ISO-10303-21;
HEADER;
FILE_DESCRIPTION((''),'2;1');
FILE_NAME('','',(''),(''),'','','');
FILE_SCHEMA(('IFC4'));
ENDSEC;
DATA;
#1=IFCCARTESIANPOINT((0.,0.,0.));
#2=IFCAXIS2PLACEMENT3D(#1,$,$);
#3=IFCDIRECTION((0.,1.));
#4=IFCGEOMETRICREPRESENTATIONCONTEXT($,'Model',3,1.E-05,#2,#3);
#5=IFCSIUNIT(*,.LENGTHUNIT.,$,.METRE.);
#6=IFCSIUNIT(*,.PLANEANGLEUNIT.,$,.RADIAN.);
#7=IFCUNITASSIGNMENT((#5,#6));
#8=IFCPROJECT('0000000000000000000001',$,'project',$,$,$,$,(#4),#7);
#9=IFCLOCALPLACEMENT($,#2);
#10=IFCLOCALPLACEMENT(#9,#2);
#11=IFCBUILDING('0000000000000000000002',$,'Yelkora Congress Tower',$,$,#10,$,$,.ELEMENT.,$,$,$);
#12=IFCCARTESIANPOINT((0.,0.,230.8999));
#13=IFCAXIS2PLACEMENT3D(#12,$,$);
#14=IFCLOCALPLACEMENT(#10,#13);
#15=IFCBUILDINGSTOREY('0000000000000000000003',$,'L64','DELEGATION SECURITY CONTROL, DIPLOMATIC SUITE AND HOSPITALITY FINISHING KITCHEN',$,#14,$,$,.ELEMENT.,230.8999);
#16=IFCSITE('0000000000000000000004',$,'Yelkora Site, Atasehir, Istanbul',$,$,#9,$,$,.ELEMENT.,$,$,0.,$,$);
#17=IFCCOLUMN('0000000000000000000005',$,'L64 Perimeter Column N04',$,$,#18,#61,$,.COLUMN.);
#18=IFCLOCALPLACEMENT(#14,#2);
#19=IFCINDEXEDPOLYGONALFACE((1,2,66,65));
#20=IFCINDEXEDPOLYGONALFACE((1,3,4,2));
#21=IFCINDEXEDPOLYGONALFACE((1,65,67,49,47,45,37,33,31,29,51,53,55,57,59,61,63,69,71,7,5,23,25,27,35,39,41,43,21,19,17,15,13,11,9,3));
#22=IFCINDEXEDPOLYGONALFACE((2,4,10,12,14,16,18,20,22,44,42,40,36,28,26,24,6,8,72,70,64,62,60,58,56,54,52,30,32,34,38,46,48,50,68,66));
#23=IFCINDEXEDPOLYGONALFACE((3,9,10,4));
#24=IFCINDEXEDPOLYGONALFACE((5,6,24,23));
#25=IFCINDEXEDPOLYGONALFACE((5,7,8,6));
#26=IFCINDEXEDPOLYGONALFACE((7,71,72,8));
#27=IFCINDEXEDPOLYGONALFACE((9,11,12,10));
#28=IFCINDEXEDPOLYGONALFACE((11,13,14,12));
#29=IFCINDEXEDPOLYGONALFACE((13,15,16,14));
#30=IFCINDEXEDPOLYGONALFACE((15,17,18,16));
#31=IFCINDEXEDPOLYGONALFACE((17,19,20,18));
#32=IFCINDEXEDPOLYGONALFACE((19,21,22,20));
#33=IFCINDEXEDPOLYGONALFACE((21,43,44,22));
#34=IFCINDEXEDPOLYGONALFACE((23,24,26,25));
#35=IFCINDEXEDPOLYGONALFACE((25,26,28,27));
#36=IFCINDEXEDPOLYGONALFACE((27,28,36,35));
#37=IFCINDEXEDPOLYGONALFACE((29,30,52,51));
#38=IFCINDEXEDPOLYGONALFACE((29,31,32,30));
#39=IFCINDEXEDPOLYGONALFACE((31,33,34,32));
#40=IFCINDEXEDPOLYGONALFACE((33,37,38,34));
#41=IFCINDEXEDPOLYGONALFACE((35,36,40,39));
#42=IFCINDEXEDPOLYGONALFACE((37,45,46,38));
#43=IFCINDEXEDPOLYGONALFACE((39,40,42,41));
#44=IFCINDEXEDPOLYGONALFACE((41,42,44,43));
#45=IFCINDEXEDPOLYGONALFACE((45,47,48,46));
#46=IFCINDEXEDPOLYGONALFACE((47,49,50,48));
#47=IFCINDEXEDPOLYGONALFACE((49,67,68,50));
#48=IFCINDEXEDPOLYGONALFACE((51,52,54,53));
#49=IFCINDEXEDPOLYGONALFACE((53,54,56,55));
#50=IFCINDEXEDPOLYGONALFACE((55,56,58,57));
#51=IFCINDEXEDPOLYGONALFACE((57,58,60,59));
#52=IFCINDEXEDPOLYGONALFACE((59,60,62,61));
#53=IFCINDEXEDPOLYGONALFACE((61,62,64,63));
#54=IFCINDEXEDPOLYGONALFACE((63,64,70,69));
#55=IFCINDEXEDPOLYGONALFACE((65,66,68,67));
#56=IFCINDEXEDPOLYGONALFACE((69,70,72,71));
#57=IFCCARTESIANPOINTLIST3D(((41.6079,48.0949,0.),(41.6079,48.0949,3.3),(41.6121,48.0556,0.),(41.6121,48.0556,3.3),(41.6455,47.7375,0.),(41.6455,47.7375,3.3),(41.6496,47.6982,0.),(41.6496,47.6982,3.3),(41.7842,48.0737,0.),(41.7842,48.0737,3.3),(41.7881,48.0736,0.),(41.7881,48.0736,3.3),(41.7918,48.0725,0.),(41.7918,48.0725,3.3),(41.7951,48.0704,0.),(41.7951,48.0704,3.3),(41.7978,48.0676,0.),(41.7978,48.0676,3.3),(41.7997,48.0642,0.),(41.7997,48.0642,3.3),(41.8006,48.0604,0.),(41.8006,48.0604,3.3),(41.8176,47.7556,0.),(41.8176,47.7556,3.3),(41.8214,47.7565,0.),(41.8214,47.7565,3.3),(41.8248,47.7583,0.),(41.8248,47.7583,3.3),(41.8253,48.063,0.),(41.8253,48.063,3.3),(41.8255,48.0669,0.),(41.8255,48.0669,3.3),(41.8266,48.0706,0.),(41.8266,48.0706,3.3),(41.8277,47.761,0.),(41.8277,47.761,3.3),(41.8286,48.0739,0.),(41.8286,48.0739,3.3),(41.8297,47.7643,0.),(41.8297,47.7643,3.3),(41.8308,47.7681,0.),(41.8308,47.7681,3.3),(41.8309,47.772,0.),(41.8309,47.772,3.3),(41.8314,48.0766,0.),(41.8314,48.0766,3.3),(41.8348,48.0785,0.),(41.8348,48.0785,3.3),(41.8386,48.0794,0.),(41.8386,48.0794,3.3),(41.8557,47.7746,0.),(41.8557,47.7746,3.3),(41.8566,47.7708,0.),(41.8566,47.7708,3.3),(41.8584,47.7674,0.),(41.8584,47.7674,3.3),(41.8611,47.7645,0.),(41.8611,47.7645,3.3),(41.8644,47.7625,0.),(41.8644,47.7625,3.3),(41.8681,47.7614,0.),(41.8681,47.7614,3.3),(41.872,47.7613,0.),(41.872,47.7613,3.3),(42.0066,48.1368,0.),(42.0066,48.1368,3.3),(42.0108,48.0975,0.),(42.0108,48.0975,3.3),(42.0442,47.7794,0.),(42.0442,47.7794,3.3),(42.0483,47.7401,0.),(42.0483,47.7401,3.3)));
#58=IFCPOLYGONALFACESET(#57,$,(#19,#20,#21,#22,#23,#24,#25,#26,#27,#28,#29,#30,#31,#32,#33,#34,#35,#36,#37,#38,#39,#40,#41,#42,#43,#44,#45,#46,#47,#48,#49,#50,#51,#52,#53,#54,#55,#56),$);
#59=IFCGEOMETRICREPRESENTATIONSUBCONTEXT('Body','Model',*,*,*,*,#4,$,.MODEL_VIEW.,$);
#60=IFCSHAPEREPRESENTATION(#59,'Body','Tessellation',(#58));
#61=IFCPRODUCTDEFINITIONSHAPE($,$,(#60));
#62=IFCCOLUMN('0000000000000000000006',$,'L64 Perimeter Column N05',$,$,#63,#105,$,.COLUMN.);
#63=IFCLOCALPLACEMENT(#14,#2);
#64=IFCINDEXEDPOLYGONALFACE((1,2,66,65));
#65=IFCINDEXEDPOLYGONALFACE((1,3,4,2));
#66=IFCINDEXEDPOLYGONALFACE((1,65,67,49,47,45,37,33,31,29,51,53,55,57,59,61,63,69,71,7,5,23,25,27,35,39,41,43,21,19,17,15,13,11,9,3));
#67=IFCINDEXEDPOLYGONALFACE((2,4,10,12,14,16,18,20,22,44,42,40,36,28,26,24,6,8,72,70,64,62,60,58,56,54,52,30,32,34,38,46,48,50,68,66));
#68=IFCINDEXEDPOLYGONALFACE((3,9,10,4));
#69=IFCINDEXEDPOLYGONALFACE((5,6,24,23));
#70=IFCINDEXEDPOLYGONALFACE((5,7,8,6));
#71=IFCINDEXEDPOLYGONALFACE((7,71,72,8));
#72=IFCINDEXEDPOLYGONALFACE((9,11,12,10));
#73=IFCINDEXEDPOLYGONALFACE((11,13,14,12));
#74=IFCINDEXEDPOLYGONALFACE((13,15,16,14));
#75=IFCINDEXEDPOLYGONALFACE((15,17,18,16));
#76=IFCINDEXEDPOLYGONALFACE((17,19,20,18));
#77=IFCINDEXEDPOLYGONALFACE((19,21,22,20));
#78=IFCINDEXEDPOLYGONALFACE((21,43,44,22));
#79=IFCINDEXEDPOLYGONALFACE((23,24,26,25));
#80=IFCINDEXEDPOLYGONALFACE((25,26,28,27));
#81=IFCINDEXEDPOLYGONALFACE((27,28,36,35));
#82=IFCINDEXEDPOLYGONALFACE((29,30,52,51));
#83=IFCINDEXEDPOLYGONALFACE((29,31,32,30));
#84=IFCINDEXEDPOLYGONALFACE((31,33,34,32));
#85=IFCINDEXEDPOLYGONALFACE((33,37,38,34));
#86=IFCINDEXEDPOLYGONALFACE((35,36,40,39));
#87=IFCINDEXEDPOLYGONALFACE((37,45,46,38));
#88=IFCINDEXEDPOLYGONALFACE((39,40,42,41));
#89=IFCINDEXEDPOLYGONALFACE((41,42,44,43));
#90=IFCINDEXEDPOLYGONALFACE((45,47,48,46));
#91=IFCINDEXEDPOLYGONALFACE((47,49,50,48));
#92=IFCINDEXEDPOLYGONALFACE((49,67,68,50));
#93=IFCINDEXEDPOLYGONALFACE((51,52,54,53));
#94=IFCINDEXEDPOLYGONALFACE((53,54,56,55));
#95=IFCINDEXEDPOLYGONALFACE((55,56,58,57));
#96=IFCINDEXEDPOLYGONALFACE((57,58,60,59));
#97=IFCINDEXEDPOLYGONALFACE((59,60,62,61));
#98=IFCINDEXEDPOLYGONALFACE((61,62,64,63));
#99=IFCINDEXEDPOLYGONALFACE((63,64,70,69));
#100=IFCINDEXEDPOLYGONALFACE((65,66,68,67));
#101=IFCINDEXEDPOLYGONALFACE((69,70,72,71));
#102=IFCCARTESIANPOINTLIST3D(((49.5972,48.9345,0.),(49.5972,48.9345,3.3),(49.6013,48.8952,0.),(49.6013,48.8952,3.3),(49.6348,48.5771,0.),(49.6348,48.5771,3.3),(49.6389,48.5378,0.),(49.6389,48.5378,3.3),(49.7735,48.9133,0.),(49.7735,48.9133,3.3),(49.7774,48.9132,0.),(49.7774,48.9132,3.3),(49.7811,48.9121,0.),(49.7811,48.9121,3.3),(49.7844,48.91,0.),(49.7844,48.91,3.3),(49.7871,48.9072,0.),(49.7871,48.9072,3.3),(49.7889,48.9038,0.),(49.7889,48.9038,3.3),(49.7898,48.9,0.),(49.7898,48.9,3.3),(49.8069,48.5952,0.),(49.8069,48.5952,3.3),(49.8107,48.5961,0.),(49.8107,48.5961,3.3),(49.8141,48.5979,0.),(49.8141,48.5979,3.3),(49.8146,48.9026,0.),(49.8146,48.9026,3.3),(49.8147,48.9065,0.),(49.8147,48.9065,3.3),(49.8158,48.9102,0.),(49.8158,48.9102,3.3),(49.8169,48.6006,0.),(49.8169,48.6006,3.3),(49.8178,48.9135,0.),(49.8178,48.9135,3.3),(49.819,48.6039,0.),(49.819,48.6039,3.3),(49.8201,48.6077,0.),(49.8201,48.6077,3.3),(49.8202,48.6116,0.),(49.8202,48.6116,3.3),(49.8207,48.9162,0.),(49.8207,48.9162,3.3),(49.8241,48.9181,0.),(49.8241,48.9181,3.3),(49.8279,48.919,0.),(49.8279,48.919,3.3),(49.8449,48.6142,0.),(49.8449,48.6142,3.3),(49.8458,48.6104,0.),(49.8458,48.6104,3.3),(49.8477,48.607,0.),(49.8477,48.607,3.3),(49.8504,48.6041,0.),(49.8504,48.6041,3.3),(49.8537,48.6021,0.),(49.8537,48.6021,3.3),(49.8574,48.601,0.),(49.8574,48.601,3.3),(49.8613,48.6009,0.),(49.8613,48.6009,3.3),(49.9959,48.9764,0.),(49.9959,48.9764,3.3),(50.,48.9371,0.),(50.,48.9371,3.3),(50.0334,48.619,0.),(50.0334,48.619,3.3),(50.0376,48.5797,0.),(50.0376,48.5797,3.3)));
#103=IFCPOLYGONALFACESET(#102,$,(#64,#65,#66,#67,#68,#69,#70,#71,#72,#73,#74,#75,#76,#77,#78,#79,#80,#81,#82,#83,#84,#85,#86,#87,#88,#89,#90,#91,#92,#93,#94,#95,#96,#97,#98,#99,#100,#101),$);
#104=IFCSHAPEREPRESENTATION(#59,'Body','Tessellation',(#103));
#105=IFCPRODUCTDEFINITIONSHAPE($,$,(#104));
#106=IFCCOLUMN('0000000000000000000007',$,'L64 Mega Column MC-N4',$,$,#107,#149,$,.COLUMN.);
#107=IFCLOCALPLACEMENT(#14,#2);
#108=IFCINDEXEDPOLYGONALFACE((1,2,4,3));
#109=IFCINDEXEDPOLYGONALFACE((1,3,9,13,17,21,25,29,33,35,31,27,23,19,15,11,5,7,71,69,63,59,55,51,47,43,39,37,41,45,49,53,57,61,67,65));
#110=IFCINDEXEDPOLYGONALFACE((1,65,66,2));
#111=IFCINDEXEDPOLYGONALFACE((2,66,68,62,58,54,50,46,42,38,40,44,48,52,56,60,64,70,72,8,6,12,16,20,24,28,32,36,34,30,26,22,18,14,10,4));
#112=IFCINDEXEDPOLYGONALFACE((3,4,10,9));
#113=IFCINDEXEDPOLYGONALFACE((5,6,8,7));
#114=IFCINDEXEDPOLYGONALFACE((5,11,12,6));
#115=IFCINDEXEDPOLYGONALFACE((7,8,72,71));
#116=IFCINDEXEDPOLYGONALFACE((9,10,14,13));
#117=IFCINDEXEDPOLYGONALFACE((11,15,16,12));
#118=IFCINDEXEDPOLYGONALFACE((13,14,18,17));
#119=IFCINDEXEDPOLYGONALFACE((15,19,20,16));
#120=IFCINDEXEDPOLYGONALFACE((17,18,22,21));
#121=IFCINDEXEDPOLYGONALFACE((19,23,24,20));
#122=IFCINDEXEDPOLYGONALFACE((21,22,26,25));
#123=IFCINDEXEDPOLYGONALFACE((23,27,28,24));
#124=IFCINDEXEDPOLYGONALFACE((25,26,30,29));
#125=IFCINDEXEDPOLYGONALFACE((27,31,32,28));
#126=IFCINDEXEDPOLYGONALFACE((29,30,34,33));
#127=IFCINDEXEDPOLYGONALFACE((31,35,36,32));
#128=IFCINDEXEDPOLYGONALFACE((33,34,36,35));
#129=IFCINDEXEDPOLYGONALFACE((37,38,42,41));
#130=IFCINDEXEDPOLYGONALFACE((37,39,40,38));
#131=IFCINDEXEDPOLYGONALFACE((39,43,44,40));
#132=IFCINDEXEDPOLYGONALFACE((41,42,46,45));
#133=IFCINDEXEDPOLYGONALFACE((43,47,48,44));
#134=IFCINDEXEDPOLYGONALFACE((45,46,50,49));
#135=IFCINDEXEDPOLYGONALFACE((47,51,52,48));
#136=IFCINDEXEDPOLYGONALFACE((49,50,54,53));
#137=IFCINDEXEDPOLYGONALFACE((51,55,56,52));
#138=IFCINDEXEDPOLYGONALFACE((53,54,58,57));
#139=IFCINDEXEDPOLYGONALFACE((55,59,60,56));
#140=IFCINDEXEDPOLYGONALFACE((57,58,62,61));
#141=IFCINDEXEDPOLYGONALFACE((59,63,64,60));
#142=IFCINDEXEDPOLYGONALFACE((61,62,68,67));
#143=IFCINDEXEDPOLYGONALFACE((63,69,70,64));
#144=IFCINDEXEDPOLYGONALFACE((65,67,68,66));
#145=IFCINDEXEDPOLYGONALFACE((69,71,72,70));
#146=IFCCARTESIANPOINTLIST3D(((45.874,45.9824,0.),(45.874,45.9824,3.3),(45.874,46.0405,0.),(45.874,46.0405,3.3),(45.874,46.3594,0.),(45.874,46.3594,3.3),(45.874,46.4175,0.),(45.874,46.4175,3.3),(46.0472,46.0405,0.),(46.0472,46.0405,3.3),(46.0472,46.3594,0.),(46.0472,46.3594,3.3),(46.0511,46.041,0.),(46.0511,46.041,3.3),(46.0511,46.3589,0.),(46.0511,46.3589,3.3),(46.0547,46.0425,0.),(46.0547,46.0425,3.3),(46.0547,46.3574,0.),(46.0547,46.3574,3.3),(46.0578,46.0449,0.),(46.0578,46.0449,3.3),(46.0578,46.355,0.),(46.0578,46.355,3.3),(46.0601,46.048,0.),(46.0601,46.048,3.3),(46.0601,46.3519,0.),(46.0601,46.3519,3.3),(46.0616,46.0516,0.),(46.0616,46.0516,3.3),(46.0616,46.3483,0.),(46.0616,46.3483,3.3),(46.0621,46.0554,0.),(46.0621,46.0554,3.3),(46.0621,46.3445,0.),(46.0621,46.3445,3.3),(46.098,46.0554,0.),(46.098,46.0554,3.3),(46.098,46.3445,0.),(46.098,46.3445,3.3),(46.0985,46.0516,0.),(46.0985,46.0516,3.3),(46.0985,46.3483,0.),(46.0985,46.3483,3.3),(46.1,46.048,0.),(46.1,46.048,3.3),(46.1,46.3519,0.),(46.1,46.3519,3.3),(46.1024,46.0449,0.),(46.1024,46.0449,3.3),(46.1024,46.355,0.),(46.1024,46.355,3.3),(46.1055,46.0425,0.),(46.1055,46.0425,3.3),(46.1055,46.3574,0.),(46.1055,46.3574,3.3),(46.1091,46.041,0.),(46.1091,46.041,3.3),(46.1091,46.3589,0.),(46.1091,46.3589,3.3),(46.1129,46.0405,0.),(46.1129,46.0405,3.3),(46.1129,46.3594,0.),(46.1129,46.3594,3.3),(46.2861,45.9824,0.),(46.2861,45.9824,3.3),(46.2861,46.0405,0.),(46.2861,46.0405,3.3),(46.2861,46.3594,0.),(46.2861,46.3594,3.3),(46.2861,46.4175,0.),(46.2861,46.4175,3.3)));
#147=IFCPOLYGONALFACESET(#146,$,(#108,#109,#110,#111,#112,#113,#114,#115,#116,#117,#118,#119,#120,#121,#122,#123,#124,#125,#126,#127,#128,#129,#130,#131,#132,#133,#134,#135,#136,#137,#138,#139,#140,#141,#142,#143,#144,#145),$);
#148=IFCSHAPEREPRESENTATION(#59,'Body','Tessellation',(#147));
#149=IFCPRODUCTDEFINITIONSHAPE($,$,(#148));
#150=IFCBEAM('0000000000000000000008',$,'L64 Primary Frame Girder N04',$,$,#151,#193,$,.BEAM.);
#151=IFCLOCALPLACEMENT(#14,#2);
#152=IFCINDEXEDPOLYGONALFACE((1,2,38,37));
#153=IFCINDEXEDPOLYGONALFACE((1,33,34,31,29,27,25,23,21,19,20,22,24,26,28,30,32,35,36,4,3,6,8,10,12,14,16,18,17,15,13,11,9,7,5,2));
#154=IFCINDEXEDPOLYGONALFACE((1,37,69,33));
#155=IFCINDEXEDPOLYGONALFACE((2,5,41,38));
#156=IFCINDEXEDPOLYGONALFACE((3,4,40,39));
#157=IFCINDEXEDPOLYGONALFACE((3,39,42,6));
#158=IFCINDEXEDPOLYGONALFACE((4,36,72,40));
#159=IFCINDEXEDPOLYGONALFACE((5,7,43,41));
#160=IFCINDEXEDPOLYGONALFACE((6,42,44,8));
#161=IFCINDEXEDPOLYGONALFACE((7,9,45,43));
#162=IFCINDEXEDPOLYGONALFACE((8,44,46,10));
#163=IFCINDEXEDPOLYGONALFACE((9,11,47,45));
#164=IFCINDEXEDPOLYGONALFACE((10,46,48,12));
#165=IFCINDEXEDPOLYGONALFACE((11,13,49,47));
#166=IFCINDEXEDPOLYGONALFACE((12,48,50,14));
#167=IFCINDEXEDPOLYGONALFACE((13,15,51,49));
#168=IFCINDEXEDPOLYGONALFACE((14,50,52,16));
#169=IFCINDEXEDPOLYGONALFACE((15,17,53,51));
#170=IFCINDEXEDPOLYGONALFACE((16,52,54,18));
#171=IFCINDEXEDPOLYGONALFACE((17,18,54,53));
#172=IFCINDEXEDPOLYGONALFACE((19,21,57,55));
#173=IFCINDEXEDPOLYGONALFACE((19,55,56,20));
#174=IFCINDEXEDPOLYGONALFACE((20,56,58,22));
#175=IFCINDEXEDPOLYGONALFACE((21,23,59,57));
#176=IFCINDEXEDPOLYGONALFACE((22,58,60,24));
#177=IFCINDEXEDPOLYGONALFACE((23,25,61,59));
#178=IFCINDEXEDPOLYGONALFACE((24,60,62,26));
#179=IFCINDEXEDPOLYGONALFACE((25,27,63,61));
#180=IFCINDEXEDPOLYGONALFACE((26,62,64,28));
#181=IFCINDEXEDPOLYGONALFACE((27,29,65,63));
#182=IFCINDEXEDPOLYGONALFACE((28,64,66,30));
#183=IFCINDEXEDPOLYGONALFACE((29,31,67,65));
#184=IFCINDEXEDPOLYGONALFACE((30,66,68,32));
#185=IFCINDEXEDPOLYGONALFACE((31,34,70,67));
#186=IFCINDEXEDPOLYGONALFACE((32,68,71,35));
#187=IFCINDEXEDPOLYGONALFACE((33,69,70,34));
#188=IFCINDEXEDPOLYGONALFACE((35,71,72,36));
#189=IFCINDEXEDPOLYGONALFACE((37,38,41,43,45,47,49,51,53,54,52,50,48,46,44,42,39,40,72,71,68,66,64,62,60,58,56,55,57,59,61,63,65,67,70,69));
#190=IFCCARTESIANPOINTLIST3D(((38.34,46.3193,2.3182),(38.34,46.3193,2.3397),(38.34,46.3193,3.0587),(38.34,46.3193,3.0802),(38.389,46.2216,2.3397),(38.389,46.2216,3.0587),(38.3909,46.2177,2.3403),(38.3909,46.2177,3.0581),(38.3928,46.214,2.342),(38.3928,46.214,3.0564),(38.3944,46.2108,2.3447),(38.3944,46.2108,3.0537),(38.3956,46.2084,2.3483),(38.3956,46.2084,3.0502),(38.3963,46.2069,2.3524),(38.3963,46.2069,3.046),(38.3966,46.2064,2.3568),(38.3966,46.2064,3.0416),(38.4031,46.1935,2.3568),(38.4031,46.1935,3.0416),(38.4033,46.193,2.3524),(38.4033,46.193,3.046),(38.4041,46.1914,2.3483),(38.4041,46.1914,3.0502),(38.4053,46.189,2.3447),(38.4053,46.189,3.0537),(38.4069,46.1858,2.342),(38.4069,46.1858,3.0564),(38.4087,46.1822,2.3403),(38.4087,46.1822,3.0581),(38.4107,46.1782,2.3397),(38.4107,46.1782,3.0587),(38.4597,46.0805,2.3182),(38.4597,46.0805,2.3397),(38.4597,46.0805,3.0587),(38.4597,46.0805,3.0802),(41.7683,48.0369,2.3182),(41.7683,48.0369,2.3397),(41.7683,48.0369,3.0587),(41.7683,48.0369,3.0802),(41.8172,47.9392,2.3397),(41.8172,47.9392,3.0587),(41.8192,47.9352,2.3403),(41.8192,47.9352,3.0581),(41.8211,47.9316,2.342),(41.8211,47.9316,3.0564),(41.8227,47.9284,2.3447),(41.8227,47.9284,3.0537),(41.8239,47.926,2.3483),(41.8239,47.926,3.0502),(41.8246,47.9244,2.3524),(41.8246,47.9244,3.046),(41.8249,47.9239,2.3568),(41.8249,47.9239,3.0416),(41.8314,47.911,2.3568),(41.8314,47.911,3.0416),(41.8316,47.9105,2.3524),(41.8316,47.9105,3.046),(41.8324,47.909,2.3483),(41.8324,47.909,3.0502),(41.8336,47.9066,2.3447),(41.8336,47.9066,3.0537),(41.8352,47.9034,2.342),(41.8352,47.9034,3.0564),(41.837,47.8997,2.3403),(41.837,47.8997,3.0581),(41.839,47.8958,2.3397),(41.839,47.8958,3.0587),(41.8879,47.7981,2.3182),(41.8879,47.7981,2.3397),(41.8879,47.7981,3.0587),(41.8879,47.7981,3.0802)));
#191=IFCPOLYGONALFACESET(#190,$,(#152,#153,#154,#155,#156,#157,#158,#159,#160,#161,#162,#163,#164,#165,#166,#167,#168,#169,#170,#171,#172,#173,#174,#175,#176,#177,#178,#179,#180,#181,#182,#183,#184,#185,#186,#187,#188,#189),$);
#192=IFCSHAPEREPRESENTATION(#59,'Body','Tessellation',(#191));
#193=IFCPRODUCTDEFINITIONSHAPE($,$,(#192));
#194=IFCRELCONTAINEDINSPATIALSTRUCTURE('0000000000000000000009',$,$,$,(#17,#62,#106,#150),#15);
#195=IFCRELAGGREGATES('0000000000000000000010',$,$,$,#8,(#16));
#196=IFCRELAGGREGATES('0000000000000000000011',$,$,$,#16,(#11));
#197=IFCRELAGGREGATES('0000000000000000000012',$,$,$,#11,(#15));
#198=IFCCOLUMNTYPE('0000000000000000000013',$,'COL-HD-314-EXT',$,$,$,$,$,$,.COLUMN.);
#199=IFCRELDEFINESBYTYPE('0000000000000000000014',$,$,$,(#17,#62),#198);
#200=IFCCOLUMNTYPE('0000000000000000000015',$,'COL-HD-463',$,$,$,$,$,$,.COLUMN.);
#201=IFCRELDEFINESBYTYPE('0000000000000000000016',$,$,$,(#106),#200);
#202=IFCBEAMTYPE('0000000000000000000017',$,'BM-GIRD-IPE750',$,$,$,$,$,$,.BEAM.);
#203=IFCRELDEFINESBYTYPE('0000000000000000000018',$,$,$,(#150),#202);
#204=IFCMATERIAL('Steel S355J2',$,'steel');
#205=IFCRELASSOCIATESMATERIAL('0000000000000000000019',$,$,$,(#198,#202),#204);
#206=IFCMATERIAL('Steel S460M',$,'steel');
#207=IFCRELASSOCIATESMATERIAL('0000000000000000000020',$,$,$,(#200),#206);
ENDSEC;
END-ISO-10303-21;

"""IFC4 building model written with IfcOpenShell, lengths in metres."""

from ifc_helpers import new_model, si_unit, direction, frame, origin, origin_2d, place, context, subcontext, project, spatial, i_section, extrude, material, material_profile, profile_set, type_object, element, save


model = new_model("IFC4")

# Units and contexts
model_context = context("Model", 3, precision=1e-05, world=origin(), true_north=direction((0.0, 1.0)))
body_context = subcontext(model_context, "Body", "Model", "MODEL_VIEW")
ifc_project = project(units=[si_unit("LENGTHUNIT", "METRE"), si_unit("PLANEANGLEUNIT", "RADIAN")], contexts=[model_context])

# Site, building, storey
site_placement = place(None, origin())
site = spatial("IfcSite", under=ifc_project, at=site_placement, Name="Yelkora Site, Atasehir, Istanbul", CompositionType="ELEMENT", RefElevation=0.0)
building_placement = place(site_placement, origin())
building = spatial("IfcBuilding", under=site, at=building_placement, Name="Yelkora Congress Tower", CompositionType="ELEMENT")
storey_placement = place(building_placement, frame((0.0, 0.0, 230.8999)))
storey = spatial("IfcBuildingStorey", under=building, at=storey_placement, Name="L64", Description="DELEGATION SECURITY CONTROL, DIPLOMATIC SUITE AND HOSPITALITY FINISHING KITCHEN", CompositionType="ELEMENT", Elevation=230.8999)

# Columns
ifc_material_1 = material(Name="Steel S355J2", Category="steel")
ifc_material_profile_1 = material_profile(ifc_material_1, i_section(OverallWidth=0.4009, OverallDepth=0.3989, WebThickness=0.0249, FlangeThickness=0.0396, FilletRadius=0.0149, at=origin_2d()), Name="HD 400x314")
ifc_profile_set_1 = profile_set([ifc_material_profile_1], Name="Steel S355J2")
column_type_1 = type_object("IfcColumnType", Name="COL-HD-314-EXT", PredefinedType="COLUMN", material=ifc_profile_set_1)
for number, where, z_axis, x_axis, name in (
    (1, (41.8281, 47.9175, 0.0), (0.0, 0.0, 1.0), (0.994522, 0.104528, 0.0), "L64 Perimeter Column N04"),
    (2, (49.8174, 48.7571, 0.0), (0.0, 0.0, 1.0), (0.994522, 0.104528, 0.0), "L64 Perimeter Column N05"),
):
    element("IfcColumn", number, at=place(storey_placement, frame(where, z_axis=z_axis, x_axis=x_axis)), inside=storey, type_object=column_type_1, Name=name, PredefinedType="COLUMN", context=body_context, shape_type="SweptSolid", body=[
        extrude(i_section(OverallWidth=0.4009, OverallDepth=0.3989, WebThickness=0.0249, FlangeThickness=0.0396, FilletRadius=0.0149, at=origin_2d()), origin(), (0.0, 0.0, 1.0), 3.3),
    ])
ifc_material_2 = material(Name="Steel S460M", Category="steel")
ifc_material_profile_2 = material_profile(ifc_material_2, i_section(OverallWidth=0.4121, OverallDepth=0.4351, WebThickness=0.0359, FlangeThickness=0.0581, FilletRadius=0.0149, at=origin_2d()), Name="HD 400x463")
ifc_profile_set_2 = profile_set([ifc_material_profile_2], Name="Steel S460M")
column_type_2 = type_object("IfcColumnType", Name="COL-HD-463", PredefinedType="COLUMN", material=ifc_profile_set_2)
column_placement = place(storey_placement, frame((46.0801, 46.2, 0.0), z_axis=(0.0, 0.0, 1.0), x_axis=(1.0, 0.0, 0.0)))
element("IfcColumn", 3, at=column_placement, inside=storey, type_object=column_type_2, Name="L64 Mega Column MC-N4", PredefinedType="COLUMN", context=body_context, shape_type="SweptSolid", body=[
    extrude(i_section(OverallWidth=0.4121, OverallDepth=0.4351, WebThickness=0.0359, FlangeThickness=0.0581, FilletRadius=0.0149, at=origin_2d()), origin(), (0.0, 0.0, 1.0), 3.3),
])

# Beam
ifc_material_profile_3 = material_profile(ifc_material_1, i_section(OverallWidth=0.2671, OverallDepth=0.762, WebThickness=0.0144, FlangeThickness=0.0215, FilletRadius=0.0171, at=origin_2d()), Name="IPE 750x173")
ifc_profile_set_3 = profile_set([ifc_material_profile_3], Name="Steel S355J2")
beam_type_1 = type_object("IfcBeamType", Name="BM-GIRD-IPE750", PredefinedType="BEAM", material=ifc_profile_set_3)
beam_1_placement = place(storey_placement, frame((41.8281, 47.9175, 2.6992), z_axis=(-0.89407, -0.447927, 0.0), x_axis=(0.447927, -0.89407, 0.0)))
element("IfcBeam", 4, at=beam_1_placement, inside=storey, type_object=beam_type_1, Name="L64 Primary Frame Girder N04", PredefinedType="BEAM", context=body_context, shape_type="SweptSolid", body=[
    extrude(i_section(OverallWidth=0.2671, OverallDepth=0.762, WebThickness=0.0144, FlangeThickness=0.0215, FilletRadius=0.0171, at=origin_2d()), origin(), (0.0, 0.0, 1.0), 3.8345),
])

save(model, "model.ifc")
